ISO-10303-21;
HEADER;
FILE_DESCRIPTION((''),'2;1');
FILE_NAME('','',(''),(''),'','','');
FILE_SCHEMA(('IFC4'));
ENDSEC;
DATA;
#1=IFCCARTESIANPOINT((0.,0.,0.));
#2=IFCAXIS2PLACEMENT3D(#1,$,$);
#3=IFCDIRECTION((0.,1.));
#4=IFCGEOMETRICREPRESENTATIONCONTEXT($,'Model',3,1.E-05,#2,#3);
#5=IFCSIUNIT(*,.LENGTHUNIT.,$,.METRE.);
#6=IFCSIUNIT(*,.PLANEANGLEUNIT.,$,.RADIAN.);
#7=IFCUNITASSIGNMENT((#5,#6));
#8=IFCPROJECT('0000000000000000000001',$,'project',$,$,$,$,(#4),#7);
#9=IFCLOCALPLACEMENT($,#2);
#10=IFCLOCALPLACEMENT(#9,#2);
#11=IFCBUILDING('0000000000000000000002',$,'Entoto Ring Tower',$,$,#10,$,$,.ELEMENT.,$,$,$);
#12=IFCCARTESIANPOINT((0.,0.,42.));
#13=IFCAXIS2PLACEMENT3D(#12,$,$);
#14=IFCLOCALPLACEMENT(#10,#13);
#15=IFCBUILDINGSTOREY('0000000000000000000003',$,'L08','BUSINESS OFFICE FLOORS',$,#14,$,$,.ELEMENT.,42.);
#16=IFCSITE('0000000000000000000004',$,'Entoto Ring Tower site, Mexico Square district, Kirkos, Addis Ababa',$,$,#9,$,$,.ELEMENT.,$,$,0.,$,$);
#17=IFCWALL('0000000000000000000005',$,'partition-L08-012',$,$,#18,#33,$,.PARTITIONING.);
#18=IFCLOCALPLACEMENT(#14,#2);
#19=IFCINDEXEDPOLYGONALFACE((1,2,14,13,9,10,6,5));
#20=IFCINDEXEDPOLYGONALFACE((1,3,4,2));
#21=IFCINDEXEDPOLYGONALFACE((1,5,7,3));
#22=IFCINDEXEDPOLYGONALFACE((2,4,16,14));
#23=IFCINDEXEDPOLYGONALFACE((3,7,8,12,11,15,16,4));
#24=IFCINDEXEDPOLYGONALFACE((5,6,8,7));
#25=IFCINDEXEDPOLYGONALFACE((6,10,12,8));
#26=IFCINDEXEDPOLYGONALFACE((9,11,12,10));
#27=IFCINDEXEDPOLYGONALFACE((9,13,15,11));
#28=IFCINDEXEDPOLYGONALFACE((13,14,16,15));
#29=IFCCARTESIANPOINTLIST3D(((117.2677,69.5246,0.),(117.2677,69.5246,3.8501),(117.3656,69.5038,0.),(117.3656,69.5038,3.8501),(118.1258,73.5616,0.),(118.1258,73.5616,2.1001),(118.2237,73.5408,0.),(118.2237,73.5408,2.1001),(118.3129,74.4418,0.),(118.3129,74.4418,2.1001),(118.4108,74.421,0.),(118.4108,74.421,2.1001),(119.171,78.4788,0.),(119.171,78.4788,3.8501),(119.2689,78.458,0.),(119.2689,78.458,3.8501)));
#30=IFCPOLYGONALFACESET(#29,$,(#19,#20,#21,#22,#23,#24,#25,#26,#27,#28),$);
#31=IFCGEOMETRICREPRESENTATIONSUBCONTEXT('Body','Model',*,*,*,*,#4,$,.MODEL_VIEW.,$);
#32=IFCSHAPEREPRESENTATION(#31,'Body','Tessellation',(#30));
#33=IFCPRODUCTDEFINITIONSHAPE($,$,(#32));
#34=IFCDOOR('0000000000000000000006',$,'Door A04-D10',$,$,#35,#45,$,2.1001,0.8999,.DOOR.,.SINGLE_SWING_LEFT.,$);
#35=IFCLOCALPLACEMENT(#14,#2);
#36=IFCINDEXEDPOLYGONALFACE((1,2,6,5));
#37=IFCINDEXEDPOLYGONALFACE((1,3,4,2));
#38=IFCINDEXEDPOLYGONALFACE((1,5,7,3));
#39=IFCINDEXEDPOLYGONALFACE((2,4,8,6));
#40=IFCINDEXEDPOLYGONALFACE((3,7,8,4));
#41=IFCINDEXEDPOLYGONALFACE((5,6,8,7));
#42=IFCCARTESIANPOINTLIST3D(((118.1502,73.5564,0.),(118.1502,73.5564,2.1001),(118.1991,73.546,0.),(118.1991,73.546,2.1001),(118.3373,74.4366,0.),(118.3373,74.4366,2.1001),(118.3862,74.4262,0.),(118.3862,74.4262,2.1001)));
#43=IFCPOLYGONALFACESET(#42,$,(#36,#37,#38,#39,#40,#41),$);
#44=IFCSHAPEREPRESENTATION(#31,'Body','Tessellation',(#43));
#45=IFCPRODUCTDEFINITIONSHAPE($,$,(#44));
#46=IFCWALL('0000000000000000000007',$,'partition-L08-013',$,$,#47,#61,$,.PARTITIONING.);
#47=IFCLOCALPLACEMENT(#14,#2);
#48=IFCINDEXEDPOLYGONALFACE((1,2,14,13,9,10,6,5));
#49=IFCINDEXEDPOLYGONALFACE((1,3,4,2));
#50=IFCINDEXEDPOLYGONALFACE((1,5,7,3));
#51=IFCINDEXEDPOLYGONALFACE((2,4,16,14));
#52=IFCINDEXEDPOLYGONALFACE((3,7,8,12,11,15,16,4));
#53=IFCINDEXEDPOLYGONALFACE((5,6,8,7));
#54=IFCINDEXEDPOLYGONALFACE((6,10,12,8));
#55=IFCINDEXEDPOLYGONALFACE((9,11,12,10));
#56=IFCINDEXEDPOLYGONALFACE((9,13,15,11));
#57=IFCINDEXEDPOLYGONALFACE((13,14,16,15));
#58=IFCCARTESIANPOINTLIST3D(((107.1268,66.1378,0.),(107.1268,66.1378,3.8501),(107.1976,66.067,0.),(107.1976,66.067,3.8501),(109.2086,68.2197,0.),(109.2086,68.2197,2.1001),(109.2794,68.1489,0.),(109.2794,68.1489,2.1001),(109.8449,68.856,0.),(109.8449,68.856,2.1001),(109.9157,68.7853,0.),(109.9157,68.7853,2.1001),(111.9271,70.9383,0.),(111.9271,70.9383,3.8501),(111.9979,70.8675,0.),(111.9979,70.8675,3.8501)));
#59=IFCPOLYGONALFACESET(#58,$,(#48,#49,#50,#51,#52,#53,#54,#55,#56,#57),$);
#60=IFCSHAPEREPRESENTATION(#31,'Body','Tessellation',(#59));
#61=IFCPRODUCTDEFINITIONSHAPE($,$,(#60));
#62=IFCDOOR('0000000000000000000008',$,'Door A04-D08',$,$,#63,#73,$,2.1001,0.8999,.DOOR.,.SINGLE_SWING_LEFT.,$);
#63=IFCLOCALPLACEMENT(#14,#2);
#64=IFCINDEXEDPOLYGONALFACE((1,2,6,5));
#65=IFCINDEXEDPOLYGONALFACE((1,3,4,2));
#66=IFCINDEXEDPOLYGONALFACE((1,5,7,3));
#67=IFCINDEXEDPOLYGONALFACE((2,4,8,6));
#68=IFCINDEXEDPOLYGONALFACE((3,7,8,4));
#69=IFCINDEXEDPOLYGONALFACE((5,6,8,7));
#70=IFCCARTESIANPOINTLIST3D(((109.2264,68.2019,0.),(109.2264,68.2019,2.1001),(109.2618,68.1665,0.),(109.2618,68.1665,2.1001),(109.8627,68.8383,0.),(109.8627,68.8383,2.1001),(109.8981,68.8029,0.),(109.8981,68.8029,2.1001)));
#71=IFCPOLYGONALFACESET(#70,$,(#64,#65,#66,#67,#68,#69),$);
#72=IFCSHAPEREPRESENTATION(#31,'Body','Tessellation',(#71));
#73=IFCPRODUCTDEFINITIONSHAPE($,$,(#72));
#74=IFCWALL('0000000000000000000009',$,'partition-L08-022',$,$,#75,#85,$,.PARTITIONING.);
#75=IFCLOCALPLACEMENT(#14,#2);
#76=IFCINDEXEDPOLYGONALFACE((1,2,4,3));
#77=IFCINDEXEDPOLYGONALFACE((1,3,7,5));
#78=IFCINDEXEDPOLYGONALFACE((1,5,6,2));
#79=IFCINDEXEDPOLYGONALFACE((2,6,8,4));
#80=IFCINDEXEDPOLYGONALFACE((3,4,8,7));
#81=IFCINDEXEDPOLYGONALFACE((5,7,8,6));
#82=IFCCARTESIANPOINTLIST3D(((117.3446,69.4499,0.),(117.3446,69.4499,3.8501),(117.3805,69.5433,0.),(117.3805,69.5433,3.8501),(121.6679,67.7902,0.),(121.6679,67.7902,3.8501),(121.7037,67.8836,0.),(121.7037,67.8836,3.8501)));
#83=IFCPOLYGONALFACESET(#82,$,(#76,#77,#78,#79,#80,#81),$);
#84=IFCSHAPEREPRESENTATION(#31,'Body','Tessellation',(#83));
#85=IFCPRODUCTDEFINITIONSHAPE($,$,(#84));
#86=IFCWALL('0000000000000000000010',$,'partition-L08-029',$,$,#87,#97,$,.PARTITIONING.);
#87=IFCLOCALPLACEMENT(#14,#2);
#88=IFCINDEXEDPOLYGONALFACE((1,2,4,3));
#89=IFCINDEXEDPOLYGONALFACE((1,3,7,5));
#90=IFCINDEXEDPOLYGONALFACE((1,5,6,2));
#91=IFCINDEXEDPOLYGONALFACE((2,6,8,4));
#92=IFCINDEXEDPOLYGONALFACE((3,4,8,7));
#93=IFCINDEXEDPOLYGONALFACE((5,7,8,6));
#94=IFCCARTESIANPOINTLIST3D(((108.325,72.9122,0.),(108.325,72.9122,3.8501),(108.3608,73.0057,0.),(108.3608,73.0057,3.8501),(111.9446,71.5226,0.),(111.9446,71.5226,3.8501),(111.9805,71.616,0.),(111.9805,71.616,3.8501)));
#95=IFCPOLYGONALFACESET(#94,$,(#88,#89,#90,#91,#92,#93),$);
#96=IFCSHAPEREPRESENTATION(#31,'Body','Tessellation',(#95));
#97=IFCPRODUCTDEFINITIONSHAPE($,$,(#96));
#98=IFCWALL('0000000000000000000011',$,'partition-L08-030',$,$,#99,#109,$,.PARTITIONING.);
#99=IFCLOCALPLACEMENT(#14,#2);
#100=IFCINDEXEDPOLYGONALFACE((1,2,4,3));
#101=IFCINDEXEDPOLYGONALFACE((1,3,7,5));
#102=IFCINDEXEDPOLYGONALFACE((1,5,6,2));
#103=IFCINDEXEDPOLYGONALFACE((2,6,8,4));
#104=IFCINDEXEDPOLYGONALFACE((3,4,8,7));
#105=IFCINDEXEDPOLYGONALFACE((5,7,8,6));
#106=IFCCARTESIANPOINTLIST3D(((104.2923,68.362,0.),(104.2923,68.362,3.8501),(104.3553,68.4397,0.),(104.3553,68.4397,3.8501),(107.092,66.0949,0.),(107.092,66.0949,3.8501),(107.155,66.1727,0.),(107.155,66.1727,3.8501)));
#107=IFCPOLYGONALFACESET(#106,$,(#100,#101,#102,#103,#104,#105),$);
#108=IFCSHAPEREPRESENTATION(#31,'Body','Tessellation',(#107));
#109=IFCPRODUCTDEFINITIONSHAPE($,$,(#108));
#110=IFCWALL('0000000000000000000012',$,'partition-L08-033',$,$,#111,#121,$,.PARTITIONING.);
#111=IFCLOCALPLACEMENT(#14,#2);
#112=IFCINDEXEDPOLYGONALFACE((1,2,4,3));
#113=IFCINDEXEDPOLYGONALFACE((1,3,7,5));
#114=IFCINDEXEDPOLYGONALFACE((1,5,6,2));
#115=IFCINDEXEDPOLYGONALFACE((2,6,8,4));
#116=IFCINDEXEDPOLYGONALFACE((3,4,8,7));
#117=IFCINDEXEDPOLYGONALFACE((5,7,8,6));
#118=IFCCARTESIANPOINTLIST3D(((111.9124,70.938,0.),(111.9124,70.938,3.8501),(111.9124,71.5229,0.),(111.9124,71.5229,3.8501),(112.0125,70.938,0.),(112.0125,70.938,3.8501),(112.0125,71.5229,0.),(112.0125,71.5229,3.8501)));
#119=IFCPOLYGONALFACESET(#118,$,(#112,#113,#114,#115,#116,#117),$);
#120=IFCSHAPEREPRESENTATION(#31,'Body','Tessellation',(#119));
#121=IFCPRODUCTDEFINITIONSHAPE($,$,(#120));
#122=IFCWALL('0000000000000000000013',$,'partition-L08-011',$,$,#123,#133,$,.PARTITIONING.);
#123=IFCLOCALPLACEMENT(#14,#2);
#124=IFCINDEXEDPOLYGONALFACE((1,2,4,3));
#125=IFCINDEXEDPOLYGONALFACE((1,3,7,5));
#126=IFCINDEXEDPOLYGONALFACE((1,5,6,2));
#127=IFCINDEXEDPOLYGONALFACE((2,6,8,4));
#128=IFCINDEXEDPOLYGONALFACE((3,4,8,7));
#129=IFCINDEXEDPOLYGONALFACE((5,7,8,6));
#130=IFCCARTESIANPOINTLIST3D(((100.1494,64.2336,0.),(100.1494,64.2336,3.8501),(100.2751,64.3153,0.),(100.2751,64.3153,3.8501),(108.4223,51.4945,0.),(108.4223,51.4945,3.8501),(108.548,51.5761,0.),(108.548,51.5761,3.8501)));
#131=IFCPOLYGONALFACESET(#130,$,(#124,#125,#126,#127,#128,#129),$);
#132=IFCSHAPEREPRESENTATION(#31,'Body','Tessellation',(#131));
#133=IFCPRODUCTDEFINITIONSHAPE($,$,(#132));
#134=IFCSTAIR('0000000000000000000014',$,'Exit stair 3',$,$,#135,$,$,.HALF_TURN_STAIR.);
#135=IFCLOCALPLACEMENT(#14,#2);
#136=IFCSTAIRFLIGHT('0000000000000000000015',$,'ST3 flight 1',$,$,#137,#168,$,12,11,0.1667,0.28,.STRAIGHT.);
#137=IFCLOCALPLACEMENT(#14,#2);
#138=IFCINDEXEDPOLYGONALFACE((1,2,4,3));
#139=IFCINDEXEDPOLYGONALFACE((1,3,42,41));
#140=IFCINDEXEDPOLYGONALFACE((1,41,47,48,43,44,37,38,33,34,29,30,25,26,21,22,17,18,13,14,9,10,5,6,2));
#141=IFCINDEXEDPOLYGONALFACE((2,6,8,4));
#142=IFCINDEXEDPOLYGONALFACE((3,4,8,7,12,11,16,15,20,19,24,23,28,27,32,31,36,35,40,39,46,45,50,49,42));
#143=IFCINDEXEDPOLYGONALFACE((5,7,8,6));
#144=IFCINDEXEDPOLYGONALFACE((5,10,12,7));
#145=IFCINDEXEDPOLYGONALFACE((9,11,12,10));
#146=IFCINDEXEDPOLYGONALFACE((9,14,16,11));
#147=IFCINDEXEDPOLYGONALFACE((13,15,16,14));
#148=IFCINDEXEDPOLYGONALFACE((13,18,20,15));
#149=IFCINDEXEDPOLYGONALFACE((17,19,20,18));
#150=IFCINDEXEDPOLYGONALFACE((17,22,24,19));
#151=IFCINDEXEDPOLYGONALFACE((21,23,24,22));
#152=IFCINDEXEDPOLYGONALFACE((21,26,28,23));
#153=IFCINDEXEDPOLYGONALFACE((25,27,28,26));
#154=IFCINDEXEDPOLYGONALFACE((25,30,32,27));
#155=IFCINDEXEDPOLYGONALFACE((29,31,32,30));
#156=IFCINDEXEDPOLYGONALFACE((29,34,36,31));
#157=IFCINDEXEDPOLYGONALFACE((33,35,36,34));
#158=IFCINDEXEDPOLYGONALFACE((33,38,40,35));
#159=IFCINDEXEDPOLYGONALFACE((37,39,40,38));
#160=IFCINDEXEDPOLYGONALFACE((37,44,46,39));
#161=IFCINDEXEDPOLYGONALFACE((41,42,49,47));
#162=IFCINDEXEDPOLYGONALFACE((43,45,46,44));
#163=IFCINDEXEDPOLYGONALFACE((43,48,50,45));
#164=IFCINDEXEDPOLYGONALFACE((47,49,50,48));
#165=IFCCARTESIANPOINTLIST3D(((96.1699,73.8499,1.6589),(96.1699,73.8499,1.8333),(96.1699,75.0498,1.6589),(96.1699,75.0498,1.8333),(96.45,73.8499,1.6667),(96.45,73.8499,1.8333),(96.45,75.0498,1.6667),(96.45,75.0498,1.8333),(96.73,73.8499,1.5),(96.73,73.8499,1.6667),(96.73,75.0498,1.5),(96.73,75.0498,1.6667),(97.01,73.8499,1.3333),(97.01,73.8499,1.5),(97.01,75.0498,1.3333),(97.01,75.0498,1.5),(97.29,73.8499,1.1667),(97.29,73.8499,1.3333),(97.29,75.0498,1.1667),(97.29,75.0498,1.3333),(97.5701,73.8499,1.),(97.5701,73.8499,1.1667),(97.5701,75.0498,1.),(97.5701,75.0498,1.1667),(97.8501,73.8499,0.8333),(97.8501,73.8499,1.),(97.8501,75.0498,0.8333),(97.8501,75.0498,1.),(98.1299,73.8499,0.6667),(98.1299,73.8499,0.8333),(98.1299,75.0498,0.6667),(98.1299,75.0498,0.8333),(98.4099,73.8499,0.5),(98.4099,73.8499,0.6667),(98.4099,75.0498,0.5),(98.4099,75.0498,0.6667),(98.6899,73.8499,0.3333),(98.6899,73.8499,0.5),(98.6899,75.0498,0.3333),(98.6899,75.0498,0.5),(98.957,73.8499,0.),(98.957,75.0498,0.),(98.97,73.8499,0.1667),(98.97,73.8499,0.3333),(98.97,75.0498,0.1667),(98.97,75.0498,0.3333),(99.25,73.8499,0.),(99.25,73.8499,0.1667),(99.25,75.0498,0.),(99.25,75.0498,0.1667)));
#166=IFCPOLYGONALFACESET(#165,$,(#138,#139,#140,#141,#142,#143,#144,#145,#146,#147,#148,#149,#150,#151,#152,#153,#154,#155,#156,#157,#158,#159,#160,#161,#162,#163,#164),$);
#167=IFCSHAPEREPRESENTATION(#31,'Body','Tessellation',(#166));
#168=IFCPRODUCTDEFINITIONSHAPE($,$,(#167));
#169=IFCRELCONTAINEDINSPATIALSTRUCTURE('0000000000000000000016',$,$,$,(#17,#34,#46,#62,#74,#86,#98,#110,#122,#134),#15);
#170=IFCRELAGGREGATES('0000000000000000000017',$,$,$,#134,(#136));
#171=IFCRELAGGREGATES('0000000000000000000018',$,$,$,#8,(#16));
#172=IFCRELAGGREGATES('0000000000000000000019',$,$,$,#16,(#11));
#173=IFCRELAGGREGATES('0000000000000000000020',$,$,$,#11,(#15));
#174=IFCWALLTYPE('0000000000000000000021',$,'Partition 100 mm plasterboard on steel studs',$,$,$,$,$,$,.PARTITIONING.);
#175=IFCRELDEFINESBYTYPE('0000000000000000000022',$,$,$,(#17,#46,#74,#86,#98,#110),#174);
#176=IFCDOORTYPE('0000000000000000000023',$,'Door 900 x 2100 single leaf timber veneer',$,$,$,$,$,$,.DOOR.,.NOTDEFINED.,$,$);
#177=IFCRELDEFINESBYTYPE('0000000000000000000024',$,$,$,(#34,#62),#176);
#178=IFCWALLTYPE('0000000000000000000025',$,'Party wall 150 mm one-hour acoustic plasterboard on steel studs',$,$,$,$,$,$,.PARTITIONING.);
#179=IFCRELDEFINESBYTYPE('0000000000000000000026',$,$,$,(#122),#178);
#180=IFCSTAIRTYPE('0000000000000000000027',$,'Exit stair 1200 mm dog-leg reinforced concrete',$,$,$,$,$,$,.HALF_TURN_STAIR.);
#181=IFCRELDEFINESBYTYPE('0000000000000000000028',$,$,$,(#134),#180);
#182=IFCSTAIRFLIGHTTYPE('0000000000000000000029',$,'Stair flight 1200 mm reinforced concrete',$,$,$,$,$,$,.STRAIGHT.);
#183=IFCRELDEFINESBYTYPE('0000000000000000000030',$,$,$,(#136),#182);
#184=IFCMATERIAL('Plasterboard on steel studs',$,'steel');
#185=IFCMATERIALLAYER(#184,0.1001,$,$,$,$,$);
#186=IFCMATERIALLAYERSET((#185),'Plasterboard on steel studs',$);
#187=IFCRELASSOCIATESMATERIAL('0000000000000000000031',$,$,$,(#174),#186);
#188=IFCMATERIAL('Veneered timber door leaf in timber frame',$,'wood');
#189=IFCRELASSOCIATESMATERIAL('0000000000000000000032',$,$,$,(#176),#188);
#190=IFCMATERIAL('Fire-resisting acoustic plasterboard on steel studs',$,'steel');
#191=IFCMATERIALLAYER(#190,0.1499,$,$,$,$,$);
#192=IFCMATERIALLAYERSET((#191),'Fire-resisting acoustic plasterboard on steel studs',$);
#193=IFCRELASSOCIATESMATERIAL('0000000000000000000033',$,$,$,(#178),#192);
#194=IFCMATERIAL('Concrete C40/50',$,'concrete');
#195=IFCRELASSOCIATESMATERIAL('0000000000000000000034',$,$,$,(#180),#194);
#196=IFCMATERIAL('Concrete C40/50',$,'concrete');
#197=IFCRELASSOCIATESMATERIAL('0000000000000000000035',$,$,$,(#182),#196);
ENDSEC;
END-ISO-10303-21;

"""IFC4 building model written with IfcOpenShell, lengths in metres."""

from ifc_helpers import new_model, si_unit, direction, frame, frame_2d, origin, place, context, subcontext, project, spatial, polyline, rectangle, outline, extrude, material, layer, layer_set, type_object, element, fill, aggregate, save


model = new_model("IFC4")

# Units and contexts
model_context = context("Model", 3, precision=1e-05, world=origin(), true_north=direction((0.0, 1.0)))
body_context = subcontext(model_context, "Body", "Model", "MODEL_VIEW")
ifc_project = project(units=[si_unit("LENGTHUNIT", "METRE"), si_unit("PLANEANGLEUNIT", "RADIAN")], contexts=[model_context])

# Site, building, storey
site_placement = place(None, origin())
site = spatial("IfcSite", under=ifc_project, at=site_placement, Name="Entoto Ring Tower site, Mexico Square district, Kirkos, Addis Ababa", CompositionType="ELEMENT", RefElevation=0.0)
building_placement = place(site_placement, origin())
building = spatial("IfcBuilding", under=site, at=building_placement, Name="Entoto Ring Tower", CompositionType="ELEMENT")
storey_placement = place(building_placement, frame((0.0, 0.0, 42.0)))
storey = spatial("IfcBuildingStorey", under=building, at=storey_placement, Name="L08", Description="BUSINESS OFFICE FLOORS", CompositionType="ELEMENT", Elevation=42.0)

# Walls, openings, doors
ifc_material_1 = material(Name="Plasterboard on steel studs", Category="steel")
ifc_layer_1 = layer(ifc_material_1, 0.1001)
ifc_layer_set_1 = layer_set([ifc_layer_1], Name="Plasterboard on steel studs")
wall_type_1 = type_object("IfcWallType", Name="Partition 100 mm plasterboard on steel studs", PredefinedType="PARTITIONING", material=ifc_layer_set_1)
wall_1_placement = place(storey_placement, frame((117.3167, 69.5142, 0.0), z_axis=(0.0, 0.0, 1.0), x_axis=(0.207913, 0.978147, 0.0)))
wall_1 = element("IfcWall", 1, at=wall_1_placement, inside=storey, type_object=wall_type_1, Name="partition-L08-012", PredefinedType="PARTITIONING", context=body_context, shape_type="SweptSolid", body=[
    extrude(rectangle(XDim=9.1543, YDim=0.1001, at=frame_2d((4.5771, 0.0))), origin(), (0.0, 0.0, 1.0), 3.8501),
])
opening_1_placement = place(wall_1_placement, frame((4.1272, 0.0, 0.0)))
opening_1 = element("IfcOpeningElement", 2, at=opening_1_placement, cuts=wall_1, PredefinedType="OPENING", context=body_context, shape_type="SweptSolid", body=[
    extrude(rectangle(XDim=0.8999, YDim=2.1001, at=frame_2d((0.45, 1.05))), frame((0.0, 0.0601, 0.0), z_axis=(0.0, -1.0, 0.0), x_axis=(1.0, 0.0, 0.0)), (0.0, 0.0, 1.0), 0.1201),
])
ifc_material_2 = material(Name="Veneered timber door leaf in timber frame", Category="wood")
door_type_1 = type_object("IfcDoorType", Name="Door 900 x 2100 single leaf timber veneer", OperationType="NOTDEFINED", PredefinedType="DOOR", material=ifc_material_2)
door_1_placement = place(opening_1_placement, frame((0.8999, 0.0, 0.0), z_axis=(0.0, 0.0, 1.0), x_axis=(-1.0, 0.0, 0.0)))
door_1 = element("IfcDoor", 3, at=door_1_placement, inside=storey, type_object=door_type_1, Name="Door A04-D10", OperationType="SINGLE_SWING_LEFT", OverallHeight=2.1001, OverallWidth=0.8999, PredefinedType="DOOR", context=body_context, shape_type="SweptSolid", body=[
    extrude(rectangle(XDim=0.8999, YDim=2.1001, at=frame_2d((0.45, 1.05))), frame((0.0, 0.0249, 0.0), z_axis=(0.0, -1.0, 0.0), x_axis=(1.0, 0.0, 0.0)), (0.0, 0.0, 1.0), 0.05),
])
fill(opening_1, door_1)
wall_2_placement = place(storey_placement, frame((107.1621, 66.1023, 0.0), z_axis=(0.0, 0.0, 1.0), x_axis=(0.707089, 0.707125, 0.0)))
wall_2 = element("IfcWall", 4, at=wall_2_placement, inside=storey, type_object=wall_type_1, Name="partition-L08-013", PredefinedType="PARTITIONING", context=body_context, shape_type="SweptSolid", body=[
    extrude(rectangle(XDim=6.7888, YDim=0.1001, at=frame_2d((3.3945, 0.0))), origin(), (0.0, 0.0, 1.0), 3.8501),
])
opening_2_placement = place(wall_2_placement, frame((2.9443, 0.0, 0.0)))
opening_2 = element("IfcOpeningElement", 5, at=opening_2_placement, cuts=wall_2, PredefinedType="OPENING", context=body_context, shape_type="SweptSolid", body=[
    extrude(rectangle(XDim=0.8999, YDim=2.1001, at=frame_2d((0.45, 1.05))), frame((0.0, 0.0601, 0.0), z_axis=(0.0, -1.0, 0.0), x_axis=(1.0, 0.0, 0.0)), (0.0, 0.0, 1.0), 0.1201),
])
door_2_placement = place(opening_2_placement, origin())
door_2 = element("IfcDoor", 6, at=door_2_placement, inside=storey, type_object=door_type_1, Name="Door A04-D08", OperationType="SINGLE_SWING_LEFT", OverallHeight=2.1001, OverallWidth=0.8999, PredefinedType="DOOR", context=body_context, shape_type="SweptSolid", body=[
    extrude(rectangle(XDim=0.8999, YDim=2.1001, at=frame_2d((0.45, 1.05))), frame((0.0, 0.0249, 0.0), z_axis=(0.0, -1.0, 0.0), x_axis=(1.0, 0.0, 0.0)), (0.0, 0.0, 1.0), 0.05),
])
fill(opening_2, door_2)

# Walls
wall_3_placement = place(storey_placement, frame((121.6858, 67.8369, 0.0), z_axis=(0.0, 0.0, 1.0), x_axis=(-0.933571, 0.358393, 0.0)))
element("IfcWall", 7, at=wall_3_placement, inside=storey, type_object=wall_type_1, Name="partition-L08-022", PredefinedType="PARTITIONING", context=body_context, shape_type="SweptSolid", body=[
    extrude(rectangle(XDim=4.6309, YDim=0.1001, at=frame_2d((2.3154, 0.0))), origin(), (0.0, 0.0, 1.0), 3.8501),
])
wall_4_placement = place(storey_placement, frame((111.9624, 71.5693, 0.0), z_axis=(0.0, 0.0, 1.0), x_axis=(-0.933563, 0.358414, 0.0)))
element("IfcWall", 8, at=wall_4_placement, inside=storey, type_object=wall_type_1, Name="partition-L08-029", PredefinedType="PARTITIONING", context=body_context, shape_type="SweptSolid", body=[
    extrude(rectangle(XDim=3.8772, YDim=0.1001, at=frame_2d((1.9385, 0.0))), origin(), (0.0, 0.0, 1.0), 3.8501),
])
wall_5_placement = place(storey_placement, frame((107.1235, 66.1338, 0.0), z_axis=(0.0, 0.0, 1.0), x_axis=(-0.777166, 0.629296, 0.0)))
element("IfcWall", 9, at=wall_5_placement, inside=storey, type_object=wall_type_1, Name="partition-L08-030", PredefinedType="PARTITIONING", context=body_context, shape_type="SweptSolid", body=[
    extrude(rectangle(XDim=3.6025, YDim=0.1001, at=frame_2d((1.8013, 0.0))), origin(), (0.0, 0.0, 1.0), 3.8501),
])
wall_6_placement = place(storey_placement, frame((111.9624, 70.938, 0.0), z_axis=(0.0, 0.0, 1.0), x_axis=(0.0, 1.0, 0.0)))
element("IfcWall", 10, at=wall_6_placement, inside=storey, type_object=wall_type_1, Name="partition-L08-033", PredefinedType="PARTITIONING", context=body_context, shape_type="SweptSolid", body=[
    extrude(rectangle(XDim=0.585, YDim=0.1001, at=frame_2d((0.2925, 0.0))), origin(), (0.0, 0.0, 1.0), 3.8501),
])
ifc_material_3 = material(Name="Fire-resisting acoustic plasterboard on steel studs", Category="steel")
ifc_layer_2 = layer(ifc_material_3, 0.1499)
ifc_layer_set_2 = layer_set([ifc_layer_2], Name="Fire-resisting acoustic plasterboard on steel studs")
wall_type_2 = type_object("IfcWallType", Name="Party wall 150 mm one-hour acoustic plasterboard on steel studs", PredefinedType="PARTITIONING", material=ifc_layer_set_2)
wall_7_placement = place(storey_placement, frame((108.4851, 51.5354, 0.0), z_axis=(0.0, 0.0, 1.0), x_axis=(-0.544638, 0.838671, 0.0)))
element("IfcWall", 11, at=wall_7_placement, inside=storey, type_object=wall_type_2, Name="partition-L08-011", PredefinedType="PARTITIONING", context=body_context, shape_type="SweptSolid", body=[
    extrude(rectangle(XDim=15.1897, YDim=0.1499, at=frame_2d((7.5947, 0.0))), origin(), (0.0, 0.0, 1.0), 3.8501),
])

# Stair, stair flight
ifc_material_4 = material(Name="Concrete C40/50", Category="concrete")
stair_type = type_object("IfcStairType", Name="Exit stair 1200 mm dog-leg reinforced concrete", PredefinedType="HALF_TURN_STAIR", material=ifc_material_4)
stair_placement = place(storey_placement, origin())
stair = element("IfcStair", 12, at=stair_placement, inside=storey, type_object=stair_type, Name="Exit stair 3", PredefinedType="HALF_TURN_STAIR")
ifc_material_5 = material(Name="Concrete C40/50", Category="concrete")
stair_flight_type = type_object("IfcStairFlightType", Name="Stair flight 1200 mm reinforced concrete", PredefinedType="STRAIGHT", material=ifc_material_5)
stair_flight_placement = place(storey_placement, frame((99.25, 74.45, 0.0), z_axis=(0.0, 0.0, 1.0), x_axis=(-1.0, 0.0, 0.0)))
stair_flight = element("IfcStairFlight", 13, at=stair_flight_placement, type_object=stair_flight_type, Name="ST3 flight 1", NumberOfRisers=12, NumberOfTreads=11, PredefinedType="STRAIGHT", RiserHeight=0.1667, TreadLength=0.28, context=body_context, shape_type="SweptSolid", body=[
    extrude(outline(polyline([(0.0, 0.0), (0.0, 0.1667), (0.28, 0.1667), (0.28, 0.3333), (0.5601, 0.3333), (0.5601, 0.5), (0.8401, 0.5), (0.8401, 0.6667), (1.1201, 0.6667), (1.1201, 0.8333), (1.3999, 0.8333), (1.3999, 1.0), (1.6799, 1.0), (1.6799, 1.1667), (1.96, 1.1667), (1.96, 1.3333), (2.24, 1.3333), (2.24, 1.5), (2.52, 1.5), (2.52, 1.6667), (2.8, 1.6667), (2.8, 1.8333), (3.0801, 1.8333), (3.0801, 2.0), (3.0801, 1.6589), (0.293, 0.0), (0.0, 0.0)])), frame((0.0, 0.6001, 0.0), z_axis=(0.0, -1.0, 0.0), x_axis=(1.0, 0.0, 0.0)), (0.0, 0.0, 1.0), 1.2),
])
aggregate(stair, [stair_flight])

save(model, "model.ifc")
